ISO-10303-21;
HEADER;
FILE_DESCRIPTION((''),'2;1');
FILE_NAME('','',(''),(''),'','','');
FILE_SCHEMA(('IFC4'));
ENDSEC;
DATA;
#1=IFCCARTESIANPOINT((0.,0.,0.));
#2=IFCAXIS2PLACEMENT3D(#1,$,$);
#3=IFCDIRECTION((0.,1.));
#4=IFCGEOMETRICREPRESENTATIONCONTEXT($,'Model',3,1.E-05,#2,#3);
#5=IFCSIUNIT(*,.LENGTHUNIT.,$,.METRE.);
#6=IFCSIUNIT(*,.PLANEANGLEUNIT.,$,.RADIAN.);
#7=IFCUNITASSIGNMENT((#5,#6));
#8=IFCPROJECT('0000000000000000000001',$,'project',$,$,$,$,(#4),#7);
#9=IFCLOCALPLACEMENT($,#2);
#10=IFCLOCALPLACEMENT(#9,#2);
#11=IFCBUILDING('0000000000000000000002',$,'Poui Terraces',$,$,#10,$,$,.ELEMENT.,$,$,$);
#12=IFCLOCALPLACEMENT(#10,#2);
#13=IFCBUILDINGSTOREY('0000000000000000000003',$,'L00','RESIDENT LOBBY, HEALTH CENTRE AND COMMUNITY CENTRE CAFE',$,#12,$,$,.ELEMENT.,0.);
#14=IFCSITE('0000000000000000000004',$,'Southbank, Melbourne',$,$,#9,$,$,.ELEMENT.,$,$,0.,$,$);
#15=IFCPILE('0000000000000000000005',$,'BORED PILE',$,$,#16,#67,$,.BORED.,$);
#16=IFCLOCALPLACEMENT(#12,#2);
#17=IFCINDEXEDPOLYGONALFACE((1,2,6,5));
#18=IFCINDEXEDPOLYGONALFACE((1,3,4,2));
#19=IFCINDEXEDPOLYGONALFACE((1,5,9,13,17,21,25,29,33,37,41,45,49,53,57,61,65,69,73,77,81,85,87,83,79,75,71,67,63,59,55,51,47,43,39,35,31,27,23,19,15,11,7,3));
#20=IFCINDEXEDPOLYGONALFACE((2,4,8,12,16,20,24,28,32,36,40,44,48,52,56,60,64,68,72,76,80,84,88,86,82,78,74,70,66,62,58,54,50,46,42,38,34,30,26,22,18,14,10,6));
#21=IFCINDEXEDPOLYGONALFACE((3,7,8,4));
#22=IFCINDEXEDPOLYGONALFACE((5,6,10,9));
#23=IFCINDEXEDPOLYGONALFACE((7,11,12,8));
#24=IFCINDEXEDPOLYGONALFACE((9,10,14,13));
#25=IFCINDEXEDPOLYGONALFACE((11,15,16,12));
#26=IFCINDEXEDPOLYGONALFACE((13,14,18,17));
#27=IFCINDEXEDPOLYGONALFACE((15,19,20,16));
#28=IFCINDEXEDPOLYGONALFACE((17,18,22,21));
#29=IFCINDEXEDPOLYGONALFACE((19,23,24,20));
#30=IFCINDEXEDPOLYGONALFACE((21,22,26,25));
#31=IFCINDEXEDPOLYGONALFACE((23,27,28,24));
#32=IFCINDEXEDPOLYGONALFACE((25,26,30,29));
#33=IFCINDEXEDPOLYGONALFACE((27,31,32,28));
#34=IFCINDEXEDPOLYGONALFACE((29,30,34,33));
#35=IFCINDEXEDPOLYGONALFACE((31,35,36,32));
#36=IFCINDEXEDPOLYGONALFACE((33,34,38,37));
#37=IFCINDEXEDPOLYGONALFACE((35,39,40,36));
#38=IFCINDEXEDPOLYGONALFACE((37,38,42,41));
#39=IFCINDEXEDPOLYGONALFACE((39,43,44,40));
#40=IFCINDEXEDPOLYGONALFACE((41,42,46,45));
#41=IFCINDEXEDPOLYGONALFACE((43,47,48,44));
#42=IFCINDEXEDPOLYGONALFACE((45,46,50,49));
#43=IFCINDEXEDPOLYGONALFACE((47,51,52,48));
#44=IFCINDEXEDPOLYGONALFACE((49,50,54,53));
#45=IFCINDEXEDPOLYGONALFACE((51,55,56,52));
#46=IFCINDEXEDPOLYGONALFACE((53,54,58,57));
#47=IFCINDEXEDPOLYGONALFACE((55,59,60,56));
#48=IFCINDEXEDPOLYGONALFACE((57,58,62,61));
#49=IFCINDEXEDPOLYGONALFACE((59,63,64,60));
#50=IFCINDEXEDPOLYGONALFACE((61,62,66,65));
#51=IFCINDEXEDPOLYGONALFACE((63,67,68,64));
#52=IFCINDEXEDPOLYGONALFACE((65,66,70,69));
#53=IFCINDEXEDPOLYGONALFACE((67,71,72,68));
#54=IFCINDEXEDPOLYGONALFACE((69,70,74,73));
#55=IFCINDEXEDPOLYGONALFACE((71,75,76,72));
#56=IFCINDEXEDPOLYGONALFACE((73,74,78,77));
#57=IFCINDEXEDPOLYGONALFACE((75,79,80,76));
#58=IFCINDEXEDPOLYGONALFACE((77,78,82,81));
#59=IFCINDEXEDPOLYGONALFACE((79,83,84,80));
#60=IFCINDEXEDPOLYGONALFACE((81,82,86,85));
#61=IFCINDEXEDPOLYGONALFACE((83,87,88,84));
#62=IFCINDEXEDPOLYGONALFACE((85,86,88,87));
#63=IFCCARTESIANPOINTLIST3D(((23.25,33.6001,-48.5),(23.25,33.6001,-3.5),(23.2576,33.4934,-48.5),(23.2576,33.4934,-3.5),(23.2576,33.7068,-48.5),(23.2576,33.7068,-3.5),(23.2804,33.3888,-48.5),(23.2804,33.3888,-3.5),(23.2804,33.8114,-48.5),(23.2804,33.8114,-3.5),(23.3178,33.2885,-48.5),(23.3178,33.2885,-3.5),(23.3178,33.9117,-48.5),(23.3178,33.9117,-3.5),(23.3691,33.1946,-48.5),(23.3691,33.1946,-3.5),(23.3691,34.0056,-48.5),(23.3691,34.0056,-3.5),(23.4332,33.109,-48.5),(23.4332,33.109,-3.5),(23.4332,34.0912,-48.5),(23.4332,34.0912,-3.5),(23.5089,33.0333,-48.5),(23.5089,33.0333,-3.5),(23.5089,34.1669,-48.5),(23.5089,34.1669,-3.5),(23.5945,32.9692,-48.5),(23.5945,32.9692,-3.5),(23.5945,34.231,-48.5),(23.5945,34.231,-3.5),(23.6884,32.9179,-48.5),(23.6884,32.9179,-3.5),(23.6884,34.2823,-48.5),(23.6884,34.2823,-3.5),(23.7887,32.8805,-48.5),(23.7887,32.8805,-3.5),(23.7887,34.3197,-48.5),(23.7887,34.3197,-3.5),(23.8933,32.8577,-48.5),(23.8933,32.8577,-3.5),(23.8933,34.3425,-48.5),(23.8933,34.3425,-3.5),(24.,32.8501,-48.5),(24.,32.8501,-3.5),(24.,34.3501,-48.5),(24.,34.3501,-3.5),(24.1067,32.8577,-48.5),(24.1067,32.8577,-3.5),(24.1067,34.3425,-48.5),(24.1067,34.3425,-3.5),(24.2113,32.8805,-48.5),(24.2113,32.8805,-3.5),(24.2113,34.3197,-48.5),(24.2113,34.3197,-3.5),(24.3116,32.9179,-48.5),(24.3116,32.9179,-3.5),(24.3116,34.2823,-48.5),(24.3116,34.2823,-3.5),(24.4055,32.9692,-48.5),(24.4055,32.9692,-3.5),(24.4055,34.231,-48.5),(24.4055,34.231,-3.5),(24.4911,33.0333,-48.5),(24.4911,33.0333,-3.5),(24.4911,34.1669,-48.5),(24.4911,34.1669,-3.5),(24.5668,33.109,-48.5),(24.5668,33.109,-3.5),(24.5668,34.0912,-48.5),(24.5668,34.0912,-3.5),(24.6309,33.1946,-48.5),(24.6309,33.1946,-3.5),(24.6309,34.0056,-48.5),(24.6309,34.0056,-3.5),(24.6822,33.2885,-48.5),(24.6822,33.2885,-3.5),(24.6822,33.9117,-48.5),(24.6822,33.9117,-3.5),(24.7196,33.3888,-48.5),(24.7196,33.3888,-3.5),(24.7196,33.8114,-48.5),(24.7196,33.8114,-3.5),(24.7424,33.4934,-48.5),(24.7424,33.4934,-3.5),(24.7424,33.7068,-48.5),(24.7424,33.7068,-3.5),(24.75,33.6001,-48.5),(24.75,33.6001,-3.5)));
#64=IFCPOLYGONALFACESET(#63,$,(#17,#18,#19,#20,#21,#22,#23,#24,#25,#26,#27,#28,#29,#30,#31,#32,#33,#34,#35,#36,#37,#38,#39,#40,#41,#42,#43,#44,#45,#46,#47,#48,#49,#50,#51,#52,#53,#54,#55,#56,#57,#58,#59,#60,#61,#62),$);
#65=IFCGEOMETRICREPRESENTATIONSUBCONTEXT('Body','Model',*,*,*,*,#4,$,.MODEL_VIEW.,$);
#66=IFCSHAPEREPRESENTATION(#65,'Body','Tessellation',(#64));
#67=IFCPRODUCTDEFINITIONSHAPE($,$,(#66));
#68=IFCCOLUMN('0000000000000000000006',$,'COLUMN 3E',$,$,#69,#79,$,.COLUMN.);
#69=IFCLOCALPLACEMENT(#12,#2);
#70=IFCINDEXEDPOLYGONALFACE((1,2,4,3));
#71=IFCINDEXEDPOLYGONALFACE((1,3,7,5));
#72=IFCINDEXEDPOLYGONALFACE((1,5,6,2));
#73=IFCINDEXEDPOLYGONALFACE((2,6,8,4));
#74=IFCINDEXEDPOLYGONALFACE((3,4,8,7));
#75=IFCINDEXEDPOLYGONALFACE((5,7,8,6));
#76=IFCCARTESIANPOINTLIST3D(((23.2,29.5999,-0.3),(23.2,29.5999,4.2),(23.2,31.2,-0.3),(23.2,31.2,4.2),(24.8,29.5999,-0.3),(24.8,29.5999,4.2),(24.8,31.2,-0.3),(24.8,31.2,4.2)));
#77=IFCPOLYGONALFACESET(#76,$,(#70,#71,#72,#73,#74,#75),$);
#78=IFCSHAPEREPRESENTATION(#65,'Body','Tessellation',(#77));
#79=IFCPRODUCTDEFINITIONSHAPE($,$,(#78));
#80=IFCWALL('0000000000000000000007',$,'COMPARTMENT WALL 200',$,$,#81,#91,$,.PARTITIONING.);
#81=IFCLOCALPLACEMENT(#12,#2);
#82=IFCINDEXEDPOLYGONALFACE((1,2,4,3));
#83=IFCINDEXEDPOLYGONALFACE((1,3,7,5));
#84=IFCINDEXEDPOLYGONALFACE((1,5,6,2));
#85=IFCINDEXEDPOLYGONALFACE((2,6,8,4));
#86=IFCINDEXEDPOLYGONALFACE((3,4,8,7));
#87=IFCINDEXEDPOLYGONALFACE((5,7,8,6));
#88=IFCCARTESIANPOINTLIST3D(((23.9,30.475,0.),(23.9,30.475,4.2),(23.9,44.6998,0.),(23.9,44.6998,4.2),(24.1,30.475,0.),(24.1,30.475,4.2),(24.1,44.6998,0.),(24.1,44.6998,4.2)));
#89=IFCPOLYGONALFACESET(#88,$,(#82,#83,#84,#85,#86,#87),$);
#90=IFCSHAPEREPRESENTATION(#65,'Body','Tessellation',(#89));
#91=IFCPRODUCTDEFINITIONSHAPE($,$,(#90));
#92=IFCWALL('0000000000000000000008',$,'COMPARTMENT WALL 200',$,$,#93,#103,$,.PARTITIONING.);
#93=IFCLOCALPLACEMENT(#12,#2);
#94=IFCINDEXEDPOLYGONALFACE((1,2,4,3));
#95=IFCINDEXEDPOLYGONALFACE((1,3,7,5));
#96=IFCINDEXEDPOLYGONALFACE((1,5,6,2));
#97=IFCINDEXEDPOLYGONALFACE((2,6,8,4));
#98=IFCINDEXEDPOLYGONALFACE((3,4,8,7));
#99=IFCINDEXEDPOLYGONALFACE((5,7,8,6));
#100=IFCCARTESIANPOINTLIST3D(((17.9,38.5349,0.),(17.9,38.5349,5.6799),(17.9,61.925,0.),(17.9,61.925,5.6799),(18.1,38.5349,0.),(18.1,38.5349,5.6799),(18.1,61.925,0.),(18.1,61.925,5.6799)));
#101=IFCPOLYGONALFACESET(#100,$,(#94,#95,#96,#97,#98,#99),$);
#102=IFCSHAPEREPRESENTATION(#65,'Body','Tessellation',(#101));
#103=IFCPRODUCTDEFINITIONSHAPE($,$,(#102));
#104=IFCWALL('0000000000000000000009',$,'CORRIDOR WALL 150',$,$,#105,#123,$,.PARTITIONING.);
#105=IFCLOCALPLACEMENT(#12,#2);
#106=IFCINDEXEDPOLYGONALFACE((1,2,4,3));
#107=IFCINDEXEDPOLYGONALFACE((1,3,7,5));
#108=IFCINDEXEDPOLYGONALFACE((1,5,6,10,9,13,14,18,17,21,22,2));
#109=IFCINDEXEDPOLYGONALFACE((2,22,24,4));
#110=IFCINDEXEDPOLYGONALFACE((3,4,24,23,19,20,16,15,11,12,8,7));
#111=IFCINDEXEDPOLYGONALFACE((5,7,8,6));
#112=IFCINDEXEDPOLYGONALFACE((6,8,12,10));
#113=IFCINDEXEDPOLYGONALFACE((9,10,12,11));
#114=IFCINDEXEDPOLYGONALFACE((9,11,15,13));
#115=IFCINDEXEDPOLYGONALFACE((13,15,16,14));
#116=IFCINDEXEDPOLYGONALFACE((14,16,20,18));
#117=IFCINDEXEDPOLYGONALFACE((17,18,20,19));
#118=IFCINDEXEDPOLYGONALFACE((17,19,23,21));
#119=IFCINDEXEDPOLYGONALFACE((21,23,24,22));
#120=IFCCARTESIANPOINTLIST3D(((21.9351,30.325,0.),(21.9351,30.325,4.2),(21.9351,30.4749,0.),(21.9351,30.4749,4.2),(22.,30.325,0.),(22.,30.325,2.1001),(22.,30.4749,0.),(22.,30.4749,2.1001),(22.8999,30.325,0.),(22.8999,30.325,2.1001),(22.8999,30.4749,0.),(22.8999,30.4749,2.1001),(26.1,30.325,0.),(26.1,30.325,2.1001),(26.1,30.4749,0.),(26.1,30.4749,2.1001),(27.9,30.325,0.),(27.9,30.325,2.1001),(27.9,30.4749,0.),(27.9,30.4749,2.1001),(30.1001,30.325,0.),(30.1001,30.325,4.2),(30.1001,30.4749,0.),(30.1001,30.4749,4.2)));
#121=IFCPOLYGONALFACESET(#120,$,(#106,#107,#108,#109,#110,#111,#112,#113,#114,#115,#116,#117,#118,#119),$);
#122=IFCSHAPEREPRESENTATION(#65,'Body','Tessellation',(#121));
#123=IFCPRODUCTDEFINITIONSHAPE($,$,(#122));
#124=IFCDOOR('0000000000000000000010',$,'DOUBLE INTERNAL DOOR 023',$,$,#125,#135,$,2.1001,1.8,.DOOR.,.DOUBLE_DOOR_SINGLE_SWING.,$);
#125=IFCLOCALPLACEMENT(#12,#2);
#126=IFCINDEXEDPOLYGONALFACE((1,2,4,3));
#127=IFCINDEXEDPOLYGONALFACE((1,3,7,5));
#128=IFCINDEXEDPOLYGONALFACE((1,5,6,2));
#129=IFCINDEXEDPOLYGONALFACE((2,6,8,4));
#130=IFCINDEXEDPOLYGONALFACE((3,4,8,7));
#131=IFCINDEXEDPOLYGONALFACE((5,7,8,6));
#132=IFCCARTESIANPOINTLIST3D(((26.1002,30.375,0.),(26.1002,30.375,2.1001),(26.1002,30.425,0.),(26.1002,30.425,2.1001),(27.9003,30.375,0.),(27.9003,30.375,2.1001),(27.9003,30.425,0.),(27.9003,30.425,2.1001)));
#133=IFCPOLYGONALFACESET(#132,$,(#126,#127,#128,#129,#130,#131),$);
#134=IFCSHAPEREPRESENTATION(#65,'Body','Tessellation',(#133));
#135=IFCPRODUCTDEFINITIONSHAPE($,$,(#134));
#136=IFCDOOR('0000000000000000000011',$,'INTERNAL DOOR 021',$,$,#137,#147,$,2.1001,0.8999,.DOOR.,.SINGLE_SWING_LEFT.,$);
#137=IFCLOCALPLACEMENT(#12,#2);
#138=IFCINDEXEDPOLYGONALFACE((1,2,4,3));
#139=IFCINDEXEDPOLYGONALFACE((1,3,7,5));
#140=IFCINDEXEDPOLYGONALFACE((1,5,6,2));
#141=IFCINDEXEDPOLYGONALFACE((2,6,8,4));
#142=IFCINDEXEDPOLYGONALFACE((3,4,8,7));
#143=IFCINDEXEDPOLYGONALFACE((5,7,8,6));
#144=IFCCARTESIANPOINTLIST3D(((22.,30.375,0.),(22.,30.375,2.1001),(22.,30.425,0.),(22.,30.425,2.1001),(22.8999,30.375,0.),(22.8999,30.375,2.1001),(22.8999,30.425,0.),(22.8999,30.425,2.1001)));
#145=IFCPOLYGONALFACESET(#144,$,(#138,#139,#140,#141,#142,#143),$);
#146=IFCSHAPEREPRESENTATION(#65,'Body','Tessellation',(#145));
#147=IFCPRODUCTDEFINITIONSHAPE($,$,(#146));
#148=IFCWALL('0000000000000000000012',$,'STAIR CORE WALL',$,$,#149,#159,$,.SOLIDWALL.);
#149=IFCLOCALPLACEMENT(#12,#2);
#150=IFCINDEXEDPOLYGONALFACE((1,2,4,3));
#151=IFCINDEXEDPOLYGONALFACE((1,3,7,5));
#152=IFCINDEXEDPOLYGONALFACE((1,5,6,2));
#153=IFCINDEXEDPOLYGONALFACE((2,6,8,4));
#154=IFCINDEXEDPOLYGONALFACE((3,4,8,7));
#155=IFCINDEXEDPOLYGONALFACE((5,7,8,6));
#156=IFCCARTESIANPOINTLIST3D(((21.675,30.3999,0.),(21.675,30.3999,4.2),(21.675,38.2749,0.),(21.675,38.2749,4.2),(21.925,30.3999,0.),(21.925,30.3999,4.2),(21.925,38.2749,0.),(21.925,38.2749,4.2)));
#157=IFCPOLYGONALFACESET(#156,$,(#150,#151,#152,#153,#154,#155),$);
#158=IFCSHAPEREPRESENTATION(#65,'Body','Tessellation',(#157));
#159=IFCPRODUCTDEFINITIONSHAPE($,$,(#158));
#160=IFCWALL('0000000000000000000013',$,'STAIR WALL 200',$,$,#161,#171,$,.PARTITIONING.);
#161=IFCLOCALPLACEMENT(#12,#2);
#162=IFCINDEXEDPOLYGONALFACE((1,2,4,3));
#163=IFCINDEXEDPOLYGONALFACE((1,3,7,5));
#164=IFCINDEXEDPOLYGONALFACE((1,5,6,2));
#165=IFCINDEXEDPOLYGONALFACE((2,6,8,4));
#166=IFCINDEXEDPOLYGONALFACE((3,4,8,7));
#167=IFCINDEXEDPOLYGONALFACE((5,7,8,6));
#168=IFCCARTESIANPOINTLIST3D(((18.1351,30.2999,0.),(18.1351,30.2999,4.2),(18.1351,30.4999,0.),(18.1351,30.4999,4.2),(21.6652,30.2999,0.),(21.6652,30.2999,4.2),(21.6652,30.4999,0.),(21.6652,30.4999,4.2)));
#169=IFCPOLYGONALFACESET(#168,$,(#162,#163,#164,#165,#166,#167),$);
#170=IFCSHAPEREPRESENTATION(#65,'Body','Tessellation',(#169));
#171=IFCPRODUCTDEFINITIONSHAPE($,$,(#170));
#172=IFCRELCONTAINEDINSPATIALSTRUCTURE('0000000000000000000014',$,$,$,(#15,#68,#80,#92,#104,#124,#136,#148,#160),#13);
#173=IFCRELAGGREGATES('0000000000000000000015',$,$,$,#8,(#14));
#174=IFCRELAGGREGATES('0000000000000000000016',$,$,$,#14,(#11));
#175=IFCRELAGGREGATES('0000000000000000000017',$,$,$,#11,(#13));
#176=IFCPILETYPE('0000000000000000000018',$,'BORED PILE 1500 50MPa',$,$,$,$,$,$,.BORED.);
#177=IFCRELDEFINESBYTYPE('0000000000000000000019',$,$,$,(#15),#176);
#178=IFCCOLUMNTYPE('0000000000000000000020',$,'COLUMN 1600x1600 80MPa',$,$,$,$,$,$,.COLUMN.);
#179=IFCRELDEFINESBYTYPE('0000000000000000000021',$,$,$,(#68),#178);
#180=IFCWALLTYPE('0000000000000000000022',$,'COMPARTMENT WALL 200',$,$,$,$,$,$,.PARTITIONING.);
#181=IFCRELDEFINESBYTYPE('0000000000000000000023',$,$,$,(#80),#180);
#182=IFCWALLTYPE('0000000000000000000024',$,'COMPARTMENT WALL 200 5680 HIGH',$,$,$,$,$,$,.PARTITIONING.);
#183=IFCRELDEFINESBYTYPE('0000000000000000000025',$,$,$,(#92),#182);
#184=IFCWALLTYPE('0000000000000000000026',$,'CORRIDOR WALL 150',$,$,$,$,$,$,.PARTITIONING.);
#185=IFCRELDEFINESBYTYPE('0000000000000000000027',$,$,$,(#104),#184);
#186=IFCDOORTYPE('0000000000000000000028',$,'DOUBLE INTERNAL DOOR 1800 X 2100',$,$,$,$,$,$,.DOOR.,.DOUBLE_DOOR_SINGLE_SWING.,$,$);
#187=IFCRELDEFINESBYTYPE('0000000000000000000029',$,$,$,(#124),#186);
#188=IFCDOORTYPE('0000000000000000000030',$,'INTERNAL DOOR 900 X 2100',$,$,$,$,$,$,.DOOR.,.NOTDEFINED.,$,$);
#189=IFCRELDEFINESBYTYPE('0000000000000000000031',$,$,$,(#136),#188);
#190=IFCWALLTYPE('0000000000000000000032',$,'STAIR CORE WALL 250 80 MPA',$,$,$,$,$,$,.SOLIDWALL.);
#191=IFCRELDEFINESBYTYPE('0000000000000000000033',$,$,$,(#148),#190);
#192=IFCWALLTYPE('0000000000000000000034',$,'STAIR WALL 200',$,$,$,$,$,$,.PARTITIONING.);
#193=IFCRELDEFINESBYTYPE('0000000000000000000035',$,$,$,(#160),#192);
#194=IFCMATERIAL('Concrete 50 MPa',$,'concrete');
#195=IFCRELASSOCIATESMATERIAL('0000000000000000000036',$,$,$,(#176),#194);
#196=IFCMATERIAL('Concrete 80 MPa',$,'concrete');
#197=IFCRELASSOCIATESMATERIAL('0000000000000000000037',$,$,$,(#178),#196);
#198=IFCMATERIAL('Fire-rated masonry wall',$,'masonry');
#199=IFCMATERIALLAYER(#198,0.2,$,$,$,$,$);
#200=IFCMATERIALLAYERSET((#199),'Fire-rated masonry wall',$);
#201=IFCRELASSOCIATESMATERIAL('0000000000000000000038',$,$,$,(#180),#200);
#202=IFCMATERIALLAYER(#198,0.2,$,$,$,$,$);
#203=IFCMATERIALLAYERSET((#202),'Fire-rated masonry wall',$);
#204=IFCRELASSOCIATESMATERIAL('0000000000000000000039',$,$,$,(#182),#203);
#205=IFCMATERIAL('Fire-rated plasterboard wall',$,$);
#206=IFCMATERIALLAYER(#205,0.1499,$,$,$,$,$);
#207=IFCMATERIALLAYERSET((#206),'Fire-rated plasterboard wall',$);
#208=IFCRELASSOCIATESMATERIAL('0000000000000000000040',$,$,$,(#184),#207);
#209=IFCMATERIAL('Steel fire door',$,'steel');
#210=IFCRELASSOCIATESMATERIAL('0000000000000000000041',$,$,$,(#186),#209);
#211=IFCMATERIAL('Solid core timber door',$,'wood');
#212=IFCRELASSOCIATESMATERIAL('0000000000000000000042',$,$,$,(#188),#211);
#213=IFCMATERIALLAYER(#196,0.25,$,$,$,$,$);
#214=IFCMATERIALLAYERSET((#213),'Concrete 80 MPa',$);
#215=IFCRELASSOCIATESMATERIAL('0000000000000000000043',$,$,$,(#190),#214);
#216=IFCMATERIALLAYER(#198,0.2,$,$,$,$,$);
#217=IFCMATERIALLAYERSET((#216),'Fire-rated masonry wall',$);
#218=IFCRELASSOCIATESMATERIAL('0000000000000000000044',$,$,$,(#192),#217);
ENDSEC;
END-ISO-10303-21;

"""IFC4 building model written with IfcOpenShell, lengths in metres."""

from ifc_helpers import new_model, si_unit, direction, frame, frame_2d, origin, origin_2d, place, context, subcontext, project, spatial, rectangle, circle, extrude, source, transform, mapped, material, layer, layer_set, material_profile, profile_set, type_object, element, fill, save


model = new_model("IFC4")

# Units and contexts
model_context = context("Model", 3, precision=1e-05, world=origin(), true_north=direction((0.0, 1.0)))
body_context = subcontext(model_context, "Body", "Model", "MODEL_VIEW")
ifc_project = project(units=[si_unit("LENGTHUNIT", "METRE"), si_unit("PLANEANGLEUNIT", "RADIAN")], contexts=[model_context])

# Site, building, storey
site_placement = place(None, origin())
site = spatial("IfcSite", under=ifc_project, at=site_placement, Name="Southbank, Melbourne", CompositionType="ELEMENT", RefElevation=0.0)
building_placement = place(site_placement, origin())
building = spatial("IfcBuilding", under=site, at=building_placement, Name="Poui Terraces", CompositionType="ELEMENT")
storey_placement = place(building_placement, origin())
storey = spatial("IfcBuildingStorey", under=building, at=storey_placement, Name="L00", Description="RESIDENT LOBBY, HEALTH CENTRE AND COMMUNITY CENTRE CAFE", CompositionType="ELEMENT", Elevation=0.0)

# Pile
ifc_material_1 = material(Name="Concrete 50 MPa", Category="concrete")
ifc_material_profile_1 = material_profile(ifc_material_1, circle(Radius=0.75, at=origin_2d()), Name="RC D1500")
ifc_profile_set_1 = profile_set([ifc_material_profile_1], Name="Concrete 50 MPa")
pile_type = type_object("IfcPileType", Name="BORED PILE 1500 50MPa", PredefinedType="BORED", material=ifc_profile_set_1)
for number, where, z_axis, x_axis, name in (
    (1, (24.0, 33.6001, -3.5), (0.0, 0.0, -1.0), (1.0, 0.0, 0.0), "BORED PILE"),
):
    element("IfcPile", number, at=place(storey_placement, frame(where, z_axis=z_axis, x_axis=x_axis)), inside=storey, type_object=pile_type, Name=name, PredefinedType="BORED", context=body_context, shape_type="SweptSolid", body=[
        extrude(circle(Radius=0.75, at=origin_2d()), origin(), (0.0, 0.0, 1.0), 45.0),
    ])

# Column
ifc_material_2 = material(Name="Concrete 80 MPa", Category="concrete")
ifc_material_profile_2 = material_profile(ifc_material_2, rectangle(XDim=1.6001, YDim=1.6001, at=origin_2d()), Name="RC 1600x1600")
ifc_profile_set_2 = profile_set([ifc_material_profile_2], Name="Concrete 80 MPa")
column_type = type_object("IfcColumnType", Name="COLUMN 1600x1600 80MPa", PredefinedType="COLUMN", material=ifc_profile_set_2)
shared_shape = source(origin(), body_context, "Body", "SweptSolid", [
    extrude(rectangle(XDim=1.6001, YDim=1.6001, at=origin_2d()), origin(), (0.0, 0.0, 1.0), 4.5),
])
column_placement = place(storey_placement, frame((24.0, 30.3999, -0.3), z_axis=(0.0, 0.0, 1.0), x_axis=(1.0, 0.0, 0.0)))
element("IfcColumn", 2, at=column_placement, inside=storey, type_object=column_type, Name="COLUMN 3E", PredefinedType="COLUMN", context=body_context, shape_type="MappedRepresentation", body=[
    mapped(shared_shape, transform((0.0, 0.0, 0.0))),
])

# Walls
ifc_material_3 = material(Name="Fire-rated masonry wall", Category="masonry")
ifc_layer_1 = layer(ifc_material_3, 0.2)
ifc_layer_set_1 = layer_set([ifc_layer_1], Name="Fire-rated masonry wall")
wall_type_1 = type_object("IfcWallType", Name="COMPARTMENT WALL 200", PredefinedType="PARTITIONING", material=ifc_layer_set_1)
wall_1_placement = place(storey_placement, frame((24.0, 30.4751, 0.0), z_axis=(0.0, 0.0, 1.0), x_axis=(0.0, 1.0, 0.0)))
element("IfcWall", 3, at=wall_1_placement, inside=storey, type_object=wall_type_1, Name="COMPARTMENT WALL 200", PredefinedType="PARTITIONING", context=body_context, shape_type="SweptSolid", body=[
    extrude(rectangle(XDim=14.2249, YDim=0.2, at=frame_2d((7.1123, 0.0))), origin(), (0.0, 0.0, 1.0), 4.2),
])
ifc_layer_2 = layer(ifc_material_3, 0.2)
ifc_layer_set_2 = layer_set([ifc_layer_2], Name="Fire-rated masonry wall")
wall_type_2 = type_object("IfcWallType", Name="COMPARTMENT WALL 200 5680 HIGH", PredefinedType="PARTITIONING", material=ifc_layer_set_2)
wall_2_placement = place(storey_placement, frame((18.0, 38.5349, 0.0), z_axis=(0.0, 0.0, 1.0), x_axis=(0.0, 1.0, 0.0)))
element("IfcWall", 4, at=wall_2_placement, inside=storey, type_object=wall_type_2, Name="COMPARTMENT WALL 200", PredefinedType="PARTITIONING", context=body_context, shape_type="SweptSolid", body=[
    extrude(rectangle(XDim=23.3901, YDim=0.2, at=frame_2d((11.6951, 0.0))), origin(), (0.0, 0.0, 1.0), 5.6799),
])

# Wall, openings, doors
ifc_material_4 = material(Name="Fire-rated plasterboard wall")
ifc_layer_3 = layer(ifc_material_4, 0.1499)
ifc_layer_set_3 = layer_set([ifc_layer_3], Name="Fire-rated plasterboard wall")
wall_type_3 = type_object("IfcWallType", Name="CORRIDOR WALL 150", PredefinedType="PARTITIONING", material=ifc_layer_set_3)
wall_3_placement = place(storey_placement, frame((21.9351, 30.3999, 0.0), z_axis=(0.0, 0.0, 1.0), x_axis=(1.0, 0.0, 0.0)))
wall_3 = element("IfcWall", 5, at=wall_3_placement, inside=storey, type_object=wall_type_3, Name="CORRIDOR WALL 150", PredefinedType="PARTITIONING", context=body_context, shape_type="SweptSolid", body=[
    extrude(rectangle(XDim=8.165, YDim=0.1499, at=frame_2d((4.0825, 0.0))), origin(), (0.0, 0.0, 1.0), 4.2),
])
opening_1_placement = place(wall_3_placement, frame((0.0649, 0.0, 0.0)))
opening_1 = element("IfcOpeningElement", 6, at=opening_1_placement, cuts=wall_3, PredefinedType="OPENING", context=body_context, shape_type="SweptSolid", body=[
    extrude(rectangle(XDim=0.8999, YDim=2.1001, at=frame_2d((0.45, 1.05))), frame((0.0, 0.085, 0.0), z_axis=(0.0, -1.0, 0.0), x_axis=(1.0, 0.0, 0.0)), (0.0, 0.0, 1.0), 0.1699),
])
opening_2_placement = place(wall_3_placement, frame((4.165, 0.0, 0.0)))
opening_2 = element("IfcOpeningElement", 7, at=opening_2_placement, cuts=wall_3, PredefinedType="OPENING", context=body_context, shape_type="SweptSolid", body=[
    extrude(rectangle(XDim=1.8, YDim=2.1001, at=frame_2d((0.8999, 1.05))), frame((0.0, 0.085, 0.0), z_axis=(0.0, -1.0, 0.0), x_axis=(1.0, 0.0, 0.0)), (0.0, 0.0, 1.0), 0.1699),
])
ifc_material_5 = material(Name="Steel fire door", Category="steel")
door_type_1 = type_object("IfcDoorType", Name="DOUBLE INTERNAL DOOR 1800 X 2100", OperationType="DOUBLE_DOOR_SINGLE_SWING", PredefinedType="DOOR", material=ifc_material_5)
door_1_placement = place(opening_2_placement, frame((1.8, 0.0, 0.0), z_axis=(0.0, 0.0, 1.0), x_axis=(-1.0, 0.0, 0.0)))
door_1 = element("IfcDoor", 8, at=door_1_placement, inside=storey, type_object=door_type_1, Name="DOUBLE INTERNAL DOOR 023", OperationType="DOUBLE_DOOR_SINGLE_SWING", OverallHeight=2.1001, OverallWidth=1.8, PredefinedType="DOOR", context=body_context, shape_type="SweptSolid", body=[
    extrude(rectangle(XDim=1.8, YDim=2.1001, at=frame_2d((0.8999, 1.05))), frame((0.0, 0.0249, 0.0), z_axis=(0.0, -1.0, 0.0), x_axis=(1.0, 0.0, 0.0)), (0.0, 0.0, 1.0), 0.05),
])
fill(opening_2, door_1)
ifc_material_6 = material(Name="Solid core timber door", Category="wood")
door_type_2 = type_object("IfcDoorType", Name="INTERNAL DOOR 900 X 2100", OperationType="NOTDEFINED", PredefinedType="DOOR", material=ifc_material_6)
door_2_placement = place(opening_1_placement, frame((0.8999, 0.0, 0.0), z_axis=(0.0, 0.0, 1.0), x_axis=(-1.0, 0.0, 0.0)))
door_2 = element("IfcDoor", 9, at=door_2_placement, inside=storey, type_object=door_type_2, Name="INTERNAL DOOR 021", OperationType="SINGLE_SWING_LEFT", OverallHeight=2.1001, OverallWidth=0.8999, PredefinedType="DOOR", context=body_context, shape_type="SweptSolid", body=[
    extrude(rectangle(XDim=0.8999, YDim=2.1001, at=frame_2d((0.45, 1.05))), frame((0.0, 0.0249, 0.0), z_axis=(0.0, -1.0, 0.0), x_axis=(1.0, 0.0, 0.0)), (0.0, 0.0, 1.0), 0.05),
])
fill(opening_1, door_2)

# Walls
ifc_layer_4 = layer(ifc_material_2, 0.25)
ifc_layer_set_4 = layer_set([ifc_layer_4], Name="Concrete 80 MPa")
wall_type_4 = type_object("IfcWallType", Name="STAIR CORE WALL 250 80 MPA", PredefinedType="SOLIDWALL", material=ifc_layer_set_4)
wall_4_placement = place(storey_placement, frame((21.8, 30.3999, 0.0), z_axis=(0.0, 0.0, 1.0), x_axis=(0.0, 1.0, 0.0)))
element("IfcWall", 10, at=wall_4_placement, inside=storey, type_object=wall_type_4, Name="STAIR CORE WALL", PredefinedType="SOLIDWALL", context=body_context, shape_type="SweptSolid", body=[
    extrude(rectangle(XDim=7.875, YDim=0.25, at=frame_2d((3.9375, 0.0))), origin(), (0.0, 0.0, 1.0), 4.2),
])
ifc_layer_5 = layer(ifc_material_3, 0.2)
ifc_layer_set_5 = layer_set([ifc_layer_5], Name="Fire-rated masonry wall")
wall_type_5 = type_object("IfcWallType", Name="STAIR WALL 200", PredefinedType="PARTITIONING", material=ifc_layer_set_5)
wall_5_placement = place(storey_placement, frame((18.135, 30.3999, 0.0), z_axis=(0.0, 0.0, 1.0), x_axis=(1.0, 0.0, 0.0)))
element("IfcWall", 11, at=wall_5_placement, inside=storey, type_object=wall_type_5, Name="STAIR WALL 200", PredefinedType="PARTITIONING", context=body_context, shape_type="SweptSolid", body=[
    extrude(rectangle(XDim=3.53, YDim=0.2, at=frame_2d((1.7651, 0.0))), origin(), (0.0, 0.0, 1.0), 4.2),
])

save(model, "model.ifc")
